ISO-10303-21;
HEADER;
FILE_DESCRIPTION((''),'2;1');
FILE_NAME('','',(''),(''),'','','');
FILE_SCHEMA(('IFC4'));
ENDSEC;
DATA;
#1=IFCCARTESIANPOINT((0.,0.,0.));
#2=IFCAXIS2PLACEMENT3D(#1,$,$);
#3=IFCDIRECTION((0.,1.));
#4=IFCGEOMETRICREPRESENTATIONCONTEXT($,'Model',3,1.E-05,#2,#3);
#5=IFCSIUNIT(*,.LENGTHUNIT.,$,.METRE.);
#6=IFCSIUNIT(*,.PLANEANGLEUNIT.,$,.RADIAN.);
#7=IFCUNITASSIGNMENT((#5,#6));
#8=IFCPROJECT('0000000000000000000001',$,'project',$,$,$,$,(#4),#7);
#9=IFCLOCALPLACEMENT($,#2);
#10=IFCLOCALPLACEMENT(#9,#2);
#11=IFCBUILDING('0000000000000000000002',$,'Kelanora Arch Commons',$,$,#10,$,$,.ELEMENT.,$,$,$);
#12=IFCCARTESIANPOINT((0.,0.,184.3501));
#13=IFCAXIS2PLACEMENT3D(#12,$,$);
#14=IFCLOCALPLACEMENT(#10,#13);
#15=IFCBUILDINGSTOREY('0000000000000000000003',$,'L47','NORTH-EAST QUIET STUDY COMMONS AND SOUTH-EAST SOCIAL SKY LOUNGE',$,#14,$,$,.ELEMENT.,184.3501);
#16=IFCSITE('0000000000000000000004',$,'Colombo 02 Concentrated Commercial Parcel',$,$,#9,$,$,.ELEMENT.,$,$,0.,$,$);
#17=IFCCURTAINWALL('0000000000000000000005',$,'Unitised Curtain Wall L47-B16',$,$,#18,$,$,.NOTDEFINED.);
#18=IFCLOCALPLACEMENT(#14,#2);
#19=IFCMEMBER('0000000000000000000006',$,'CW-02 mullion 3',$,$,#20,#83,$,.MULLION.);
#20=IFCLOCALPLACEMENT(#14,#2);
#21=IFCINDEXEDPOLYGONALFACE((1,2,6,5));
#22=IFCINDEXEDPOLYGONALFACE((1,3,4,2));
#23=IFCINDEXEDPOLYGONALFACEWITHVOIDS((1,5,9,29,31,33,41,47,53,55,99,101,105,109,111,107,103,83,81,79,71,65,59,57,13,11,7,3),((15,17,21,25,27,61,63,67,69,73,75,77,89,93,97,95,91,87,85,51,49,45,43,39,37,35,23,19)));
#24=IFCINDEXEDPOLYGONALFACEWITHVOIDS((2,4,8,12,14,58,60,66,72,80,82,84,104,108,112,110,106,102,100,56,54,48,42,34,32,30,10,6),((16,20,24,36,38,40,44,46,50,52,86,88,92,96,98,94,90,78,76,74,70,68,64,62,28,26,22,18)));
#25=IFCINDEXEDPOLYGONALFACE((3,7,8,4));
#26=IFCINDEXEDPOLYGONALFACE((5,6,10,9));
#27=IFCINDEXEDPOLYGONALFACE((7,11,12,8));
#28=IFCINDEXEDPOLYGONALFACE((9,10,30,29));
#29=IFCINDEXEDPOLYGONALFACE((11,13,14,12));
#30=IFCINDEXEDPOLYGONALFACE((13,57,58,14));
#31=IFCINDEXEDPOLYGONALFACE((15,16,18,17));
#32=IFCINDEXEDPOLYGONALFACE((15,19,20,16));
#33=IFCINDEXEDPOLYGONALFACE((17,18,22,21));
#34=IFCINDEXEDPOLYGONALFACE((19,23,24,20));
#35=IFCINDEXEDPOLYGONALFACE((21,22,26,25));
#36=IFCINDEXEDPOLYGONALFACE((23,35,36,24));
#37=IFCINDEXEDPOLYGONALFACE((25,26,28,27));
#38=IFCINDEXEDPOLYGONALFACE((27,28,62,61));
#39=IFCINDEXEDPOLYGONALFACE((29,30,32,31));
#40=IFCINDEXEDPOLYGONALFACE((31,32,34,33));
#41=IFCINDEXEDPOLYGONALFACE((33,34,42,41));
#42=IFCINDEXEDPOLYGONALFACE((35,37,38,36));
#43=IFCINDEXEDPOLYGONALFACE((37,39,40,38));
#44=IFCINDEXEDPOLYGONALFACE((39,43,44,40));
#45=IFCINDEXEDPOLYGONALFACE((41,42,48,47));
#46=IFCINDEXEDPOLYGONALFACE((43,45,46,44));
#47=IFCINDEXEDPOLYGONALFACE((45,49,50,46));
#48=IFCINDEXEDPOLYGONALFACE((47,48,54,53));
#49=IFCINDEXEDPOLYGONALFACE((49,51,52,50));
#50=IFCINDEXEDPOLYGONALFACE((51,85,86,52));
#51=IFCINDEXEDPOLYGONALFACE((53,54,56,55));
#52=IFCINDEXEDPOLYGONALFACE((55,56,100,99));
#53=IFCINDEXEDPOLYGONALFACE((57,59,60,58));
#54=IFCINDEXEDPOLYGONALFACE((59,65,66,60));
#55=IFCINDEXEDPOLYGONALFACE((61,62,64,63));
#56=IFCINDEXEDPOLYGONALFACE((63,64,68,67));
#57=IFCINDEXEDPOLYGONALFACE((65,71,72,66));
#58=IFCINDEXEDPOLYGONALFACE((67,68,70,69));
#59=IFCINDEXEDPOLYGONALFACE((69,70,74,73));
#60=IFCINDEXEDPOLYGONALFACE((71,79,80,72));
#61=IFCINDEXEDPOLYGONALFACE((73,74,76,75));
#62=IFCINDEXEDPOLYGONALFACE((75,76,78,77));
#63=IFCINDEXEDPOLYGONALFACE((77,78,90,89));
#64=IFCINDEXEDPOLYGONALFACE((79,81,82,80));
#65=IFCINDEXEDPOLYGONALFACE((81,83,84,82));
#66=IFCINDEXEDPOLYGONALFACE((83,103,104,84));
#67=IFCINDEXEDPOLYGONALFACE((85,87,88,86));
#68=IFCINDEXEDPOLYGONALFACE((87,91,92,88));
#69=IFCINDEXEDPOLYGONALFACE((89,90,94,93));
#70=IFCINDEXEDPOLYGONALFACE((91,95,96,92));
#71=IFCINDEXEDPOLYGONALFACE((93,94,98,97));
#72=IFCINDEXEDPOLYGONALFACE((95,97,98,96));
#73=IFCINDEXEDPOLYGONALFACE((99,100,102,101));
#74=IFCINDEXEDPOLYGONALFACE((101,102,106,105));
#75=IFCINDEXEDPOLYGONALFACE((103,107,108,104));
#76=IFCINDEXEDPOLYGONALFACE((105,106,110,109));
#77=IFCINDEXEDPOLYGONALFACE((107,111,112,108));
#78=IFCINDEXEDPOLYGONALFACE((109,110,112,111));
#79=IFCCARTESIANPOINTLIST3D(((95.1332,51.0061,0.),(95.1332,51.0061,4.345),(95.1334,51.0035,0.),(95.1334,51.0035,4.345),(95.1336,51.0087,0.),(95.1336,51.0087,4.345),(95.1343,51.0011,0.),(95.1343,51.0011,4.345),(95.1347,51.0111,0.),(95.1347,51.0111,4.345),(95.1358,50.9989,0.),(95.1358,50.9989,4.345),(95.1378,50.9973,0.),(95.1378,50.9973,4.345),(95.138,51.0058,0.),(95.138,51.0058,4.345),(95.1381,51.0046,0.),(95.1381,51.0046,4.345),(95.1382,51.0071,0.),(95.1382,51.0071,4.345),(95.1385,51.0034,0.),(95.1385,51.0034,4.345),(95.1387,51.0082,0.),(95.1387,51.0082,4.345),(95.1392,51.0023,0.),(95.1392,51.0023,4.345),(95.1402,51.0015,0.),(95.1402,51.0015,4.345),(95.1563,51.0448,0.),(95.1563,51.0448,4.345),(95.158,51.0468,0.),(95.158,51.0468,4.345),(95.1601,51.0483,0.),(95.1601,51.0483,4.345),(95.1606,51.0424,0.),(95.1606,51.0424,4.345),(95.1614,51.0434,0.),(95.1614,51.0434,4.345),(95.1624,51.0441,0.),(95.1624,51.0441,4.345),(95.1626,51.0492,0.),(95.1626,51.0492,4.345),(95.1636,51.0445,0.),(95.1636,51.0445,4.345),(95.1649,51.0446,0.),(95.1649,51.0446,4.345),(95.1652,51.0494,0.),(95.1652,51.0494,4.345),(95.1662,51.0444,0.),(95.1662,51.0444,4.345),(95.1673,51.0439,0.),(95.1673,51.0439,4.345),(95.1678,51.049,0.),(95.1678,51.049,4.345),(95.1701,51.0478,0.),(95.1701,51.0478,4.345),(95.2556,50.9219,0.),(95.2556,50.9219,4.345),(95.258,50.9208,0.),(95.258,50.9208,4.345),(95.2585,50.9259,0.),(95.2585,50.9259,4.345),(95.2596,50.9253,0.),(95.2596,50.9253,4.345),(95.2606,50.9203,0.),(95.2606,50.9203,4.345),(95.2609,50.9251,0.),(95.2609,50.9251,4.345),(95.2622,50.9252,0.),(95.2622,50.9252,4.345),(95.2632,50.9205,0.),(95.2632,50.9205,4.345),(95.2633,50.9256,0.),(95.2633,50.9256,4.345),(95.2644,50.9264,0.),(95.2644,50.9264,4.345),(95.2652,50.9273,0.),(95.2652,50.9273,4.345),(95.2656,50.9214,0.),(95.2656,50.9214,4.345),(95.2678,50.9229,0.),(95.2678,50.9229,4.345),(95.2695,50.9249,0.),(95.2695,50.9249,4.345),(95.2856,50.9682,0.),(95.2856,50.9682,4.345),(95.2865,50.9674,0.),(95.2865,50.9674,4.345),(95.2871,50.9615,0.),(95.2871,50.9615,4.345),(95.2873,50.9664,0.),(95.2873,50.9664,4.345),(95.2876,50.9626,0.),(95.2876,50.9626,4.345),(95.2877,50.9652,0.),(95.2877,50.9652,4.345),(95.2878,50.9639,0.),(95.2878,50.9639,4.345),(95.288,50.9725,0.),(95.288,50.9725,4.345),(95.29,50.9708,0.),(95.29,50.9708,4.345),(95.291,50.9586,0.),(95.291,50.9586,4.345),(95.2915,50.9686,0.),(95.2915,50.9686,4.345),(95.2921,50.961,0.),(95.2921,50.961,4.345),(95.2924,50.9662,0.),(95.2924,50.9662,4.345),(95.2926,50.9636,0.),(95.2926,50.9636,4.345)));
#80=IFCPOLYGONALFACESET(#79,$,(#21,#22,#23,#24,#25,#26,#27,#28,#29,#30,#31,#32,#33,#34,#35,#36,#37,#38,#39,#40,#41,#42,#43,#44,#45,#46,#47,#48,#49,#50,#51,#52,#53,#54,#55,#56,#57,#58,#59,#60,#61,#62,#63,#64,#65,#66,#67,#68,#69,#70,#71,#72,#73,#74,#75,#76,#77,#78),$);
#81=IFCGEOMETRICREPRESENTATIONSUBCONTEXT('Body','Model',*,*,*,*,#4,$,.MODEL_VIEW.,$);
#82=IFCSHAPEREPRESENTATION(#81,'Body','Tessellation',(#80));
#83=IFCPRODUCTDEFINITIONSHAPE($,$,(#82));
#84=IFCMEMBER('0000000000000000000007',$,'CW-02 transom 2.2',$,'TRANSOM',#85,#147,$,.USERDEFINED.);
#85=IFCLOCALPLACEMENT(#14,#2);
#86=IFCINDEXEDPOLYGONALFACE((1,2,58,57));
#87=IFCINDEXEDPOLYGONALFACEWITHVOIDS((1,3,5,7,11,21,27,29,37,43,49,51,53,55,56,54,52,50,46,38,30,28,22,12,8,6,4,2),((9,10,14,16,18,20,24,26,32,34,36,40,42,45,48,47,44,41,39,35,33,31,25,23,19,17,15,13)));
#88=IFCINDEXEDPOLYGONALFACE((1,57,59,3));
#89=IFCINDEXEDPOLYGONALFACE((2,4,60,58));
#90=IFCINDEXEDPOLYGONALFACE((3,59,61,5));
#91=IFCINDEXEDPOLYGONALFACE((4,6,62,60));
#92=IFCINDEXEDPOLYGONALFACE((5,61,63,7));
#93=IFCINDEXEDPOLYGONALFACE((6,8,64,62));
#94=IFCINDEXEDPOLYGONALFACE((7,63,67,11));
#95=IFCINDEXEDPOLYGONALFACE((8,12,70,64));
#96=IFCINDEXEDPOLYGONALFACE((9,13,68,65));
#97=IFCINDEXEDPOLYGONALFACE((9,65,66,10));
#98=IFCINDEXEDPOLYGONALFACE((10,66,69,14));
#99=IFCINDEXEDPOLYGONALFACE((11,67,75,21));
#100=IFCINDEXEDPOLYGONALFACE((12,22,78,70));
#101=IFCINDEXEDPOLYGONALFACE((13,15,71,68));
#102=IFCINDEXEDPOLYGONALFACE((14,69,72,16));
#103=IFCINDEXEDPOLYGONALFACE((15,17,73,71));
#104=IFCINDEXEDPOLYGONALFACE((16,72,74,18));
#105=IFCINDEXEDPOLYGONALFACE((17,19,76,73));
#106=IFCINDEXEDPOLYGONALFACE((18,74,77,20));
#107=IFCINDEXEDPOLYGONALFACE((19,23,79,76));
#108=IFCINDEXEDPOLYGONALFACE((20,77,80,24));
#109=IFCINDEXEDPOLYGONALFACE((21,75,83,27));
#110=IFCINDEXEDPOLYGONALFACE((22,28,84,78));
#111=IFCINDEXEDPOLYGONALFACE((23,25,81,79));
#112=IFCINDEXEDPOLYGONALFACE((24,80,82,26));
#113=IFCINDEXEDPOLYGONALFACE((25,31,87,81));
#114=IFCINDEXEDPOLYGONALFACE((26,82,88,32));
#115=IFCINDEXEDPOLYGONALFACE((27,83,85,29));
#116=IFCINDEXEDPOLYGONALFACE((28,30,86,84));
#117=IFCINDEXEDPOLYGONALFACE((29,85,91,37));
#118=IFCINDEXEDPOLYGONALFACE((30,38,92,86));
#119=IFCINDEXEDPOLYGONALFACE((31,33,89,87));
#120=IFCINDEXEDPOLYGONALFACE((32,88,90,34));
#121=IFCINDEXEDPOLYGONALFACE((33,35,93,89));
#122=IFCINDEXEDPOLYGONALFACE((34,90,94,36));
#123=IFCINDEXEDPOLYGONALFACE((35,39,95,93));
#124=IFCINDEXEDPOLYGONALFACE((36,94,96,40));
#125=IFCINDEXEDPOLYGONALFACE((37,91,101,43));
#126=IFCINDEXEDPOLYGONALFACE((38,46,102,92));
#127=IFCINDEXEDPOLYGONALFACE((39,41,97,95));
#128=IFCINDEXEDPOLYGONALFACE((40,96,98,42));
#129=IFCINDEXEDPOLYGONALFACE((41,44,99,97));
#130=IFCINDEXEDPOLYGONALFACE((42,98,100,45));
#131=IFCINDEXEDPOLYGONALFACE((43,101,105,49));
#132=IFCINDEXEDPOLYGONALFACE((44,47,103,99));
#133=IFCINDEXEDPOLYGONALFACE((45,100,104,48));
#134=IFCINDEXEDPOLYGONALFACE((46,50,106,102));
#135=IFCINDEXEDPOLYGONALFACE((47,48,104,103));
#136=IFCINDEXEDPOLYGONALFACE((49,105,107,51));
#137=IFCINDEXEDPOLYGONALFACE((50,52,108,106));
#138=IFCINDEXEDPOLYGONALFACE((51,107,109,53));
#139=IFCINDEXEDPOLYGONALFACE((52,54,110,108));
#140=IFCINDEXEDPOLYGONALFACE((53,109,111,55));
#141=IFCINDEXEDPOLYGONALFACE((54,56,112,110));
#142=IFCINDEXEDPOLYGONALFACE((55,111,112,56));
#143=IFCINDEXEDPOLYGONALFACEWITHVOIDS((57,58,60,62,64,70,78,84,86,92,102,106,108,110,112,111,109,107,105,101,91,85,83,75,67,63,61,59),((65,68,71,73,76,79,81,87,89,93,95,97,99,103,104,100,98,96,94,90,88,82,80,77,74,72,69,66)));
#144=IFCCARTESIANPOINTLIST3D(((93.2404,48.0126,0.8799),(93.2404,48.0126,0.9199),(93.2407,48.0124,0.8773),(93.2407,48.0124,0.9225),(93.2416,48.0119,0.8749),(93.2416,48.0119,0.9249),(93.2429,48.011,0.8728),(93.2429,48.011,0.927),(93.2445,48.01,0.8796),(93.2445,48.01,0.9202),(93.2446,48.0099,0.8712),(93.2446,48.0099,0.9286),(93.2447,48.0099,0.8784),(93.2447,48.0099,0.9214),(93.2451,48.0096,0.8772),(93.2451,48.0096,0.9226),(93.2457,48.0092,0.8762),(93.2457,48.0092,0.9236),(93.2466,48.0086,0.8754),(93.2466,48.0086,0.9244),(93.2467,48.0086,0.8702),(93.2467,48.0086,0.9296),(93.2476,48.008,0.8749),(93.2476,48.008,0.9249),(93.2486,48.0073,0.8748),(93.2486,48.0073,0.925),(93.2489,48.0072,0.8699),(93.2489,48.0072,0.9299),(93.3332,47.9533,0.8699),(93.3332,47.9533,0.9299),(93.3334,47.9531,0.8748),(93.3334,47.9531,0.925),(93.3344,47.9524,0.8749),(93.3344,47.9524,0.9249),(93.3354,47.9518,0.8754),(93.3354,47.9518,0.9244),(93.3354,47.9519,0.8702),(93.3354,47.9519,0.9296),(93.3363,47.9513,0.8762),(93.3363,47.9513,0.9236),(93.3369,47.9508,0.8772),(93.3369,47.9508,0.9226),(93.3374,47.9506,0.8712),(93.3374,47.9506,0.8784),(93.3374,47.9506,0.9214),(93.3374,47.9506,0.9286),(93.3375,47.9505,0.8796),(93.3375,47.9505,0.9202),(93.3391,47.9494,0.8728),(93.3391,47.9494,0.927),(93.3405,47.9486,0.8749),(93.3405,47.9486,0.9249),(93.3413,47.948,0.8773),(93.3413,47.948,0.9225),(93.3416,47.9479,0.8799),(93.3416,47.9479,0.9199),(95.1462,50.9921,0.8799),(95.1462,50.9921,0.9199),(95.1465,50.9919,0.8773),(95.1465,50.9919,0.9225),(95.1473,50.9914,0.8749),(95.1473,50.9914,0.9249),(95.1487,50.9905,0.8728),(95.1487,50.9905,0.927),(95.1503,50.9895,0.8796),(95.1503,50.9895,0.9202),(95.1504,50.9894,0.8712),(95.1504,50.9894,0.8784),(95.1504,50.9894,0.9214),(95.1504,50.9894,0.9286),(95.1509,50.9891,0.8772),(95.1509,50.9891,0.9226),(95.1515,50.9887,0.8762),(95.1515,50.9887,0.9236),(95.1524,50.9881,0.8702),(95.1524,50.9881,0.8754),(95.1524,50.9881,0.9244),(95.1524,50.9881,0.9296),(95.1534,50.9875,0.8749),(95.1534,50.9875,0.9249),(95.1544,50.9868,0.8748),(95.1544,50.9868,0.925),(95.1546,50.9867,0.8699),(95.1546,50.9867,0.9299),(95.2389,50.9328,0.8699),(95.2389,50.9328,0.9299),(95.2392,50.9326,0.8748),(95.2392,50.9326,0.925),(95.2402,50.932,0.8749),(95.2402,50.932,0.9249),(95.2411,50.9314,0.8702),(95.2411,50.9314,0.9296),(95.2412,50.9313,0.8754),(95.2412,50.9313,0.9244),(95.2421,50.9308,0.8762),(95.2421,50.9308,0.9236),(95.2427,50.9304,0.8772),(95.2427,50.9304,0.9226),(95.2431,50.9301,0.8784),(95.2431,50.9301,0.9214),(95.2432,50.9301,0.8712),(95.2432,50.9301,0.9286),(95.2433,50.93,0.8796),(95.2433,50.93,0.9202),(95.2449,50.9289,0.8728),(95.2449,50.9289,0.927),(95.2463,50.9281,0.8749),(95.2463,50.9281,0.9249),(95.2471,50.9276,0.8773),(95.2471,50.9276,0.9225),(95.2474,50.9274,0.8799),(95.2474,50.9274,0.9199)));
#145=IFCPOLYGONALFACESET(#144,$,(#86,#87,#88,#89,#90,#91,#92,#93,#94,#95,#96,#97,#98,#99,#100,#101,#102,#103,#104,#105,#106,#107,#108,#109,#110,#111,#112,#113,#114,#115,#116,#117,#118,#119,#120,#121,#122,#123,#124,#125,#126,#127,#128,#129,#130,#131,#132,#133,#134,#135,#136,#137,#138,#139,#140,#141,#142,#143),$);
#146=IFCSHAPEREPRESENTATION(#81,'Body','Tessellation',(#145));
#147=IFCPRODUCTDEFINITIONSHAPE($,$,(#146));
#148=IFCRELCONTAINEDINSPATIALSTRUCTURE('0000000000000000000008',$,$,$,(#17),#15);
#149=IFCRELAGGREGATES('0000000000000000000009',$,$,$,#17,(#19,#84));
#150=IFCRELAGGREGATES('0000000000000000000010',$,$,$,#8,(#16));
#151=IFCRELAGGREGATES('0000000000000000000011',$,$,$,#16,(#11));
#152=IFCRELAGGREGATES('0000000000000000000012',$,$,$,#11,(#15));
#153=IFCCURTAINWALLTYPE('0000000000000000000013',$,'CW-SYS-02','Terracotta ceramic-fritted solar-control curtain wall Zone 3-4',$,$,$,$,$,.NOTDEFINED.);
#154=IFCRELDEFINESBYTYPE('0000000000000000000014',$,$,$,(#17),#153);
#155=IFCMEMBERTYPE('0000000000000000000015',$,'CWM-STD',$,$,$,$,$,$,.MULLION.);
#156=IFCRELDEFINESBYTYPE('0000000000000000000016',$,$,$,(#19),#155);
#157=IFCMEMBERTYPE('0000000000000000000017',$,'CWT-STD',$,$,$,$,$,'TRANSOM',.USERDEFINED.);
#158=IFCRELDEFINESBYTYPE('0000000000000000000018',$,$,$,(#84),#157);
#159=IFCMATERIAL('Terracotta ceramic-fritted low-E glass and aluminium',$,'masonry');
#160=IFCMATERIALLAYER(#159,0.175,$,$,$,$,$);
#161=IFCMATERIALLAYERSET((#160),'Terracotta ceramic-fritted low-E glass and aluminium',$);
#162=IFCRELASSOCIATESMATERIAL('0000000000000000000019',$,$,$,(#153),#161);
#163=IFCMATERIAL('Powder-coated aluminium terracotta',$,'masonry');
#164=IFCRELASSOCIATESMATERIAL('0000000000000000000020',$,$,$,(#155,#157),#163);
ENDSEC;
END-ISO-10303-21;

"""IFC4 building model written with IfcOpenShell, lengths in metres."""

from ifc_helpers import new_model, si_unit, direction, frame, origin, origin_2d, place, context, subcontext, project, spatial, hollow_rectangle, extrude, material, layer, layer_set, material_profile, profile_set, type_object, element, aggregate, save


model = new_model("IFC4")

# Units and contexts
model_context = context("Model", 3, precision=1e-05, world=origin(), true_north=direction((0.0, 1.0)))
body_context = subcontext(model_context, "Body", "Model", "MODEL_VIEW")
ifc_project = project(units=[si_unit("LENGTHUNIT", "METRE"), si_unit("PLANEANGLEUNIT", "RADIAN")], contexts=[model_context])

# Site, building, storey
site_placement = place(None, origin())
site = spatial("IfcSite", under=ifc_project, at=site_placement, Name="Colombo 02 Concentrated Commercial Parcel", CompositionType="ELEMENT", RefElevation=0.0)
building_placement = place(site_placement, origin())
building = spatial("IfcBuilding", under=site, at=building_placement, Name="Kelanora Arch Commons", CompositionType="ELEMENT")
storey_placement = place(building_placement, frame((0.0, 0.0, 184.3501)))
storey = spatial("IfcBuildingStorey", under=building, at=storey_placement, Name="L47", Description="NORTH-EAST QUIET STUDY COMMONS AND SOUTH-EAST SOCIAL SKY LOUNGE", CompositionType="ELEMENT", Elevation=184.3501)

# Curtain wall, members
ifc_material_1 = material(Name="Terracotta ceramic-fritted low-E glass and aluminium", Category="masonry")
ifc_layer_1 = layer(ifc_material_1, 0.175)
ifc_layer_set_1 = layer_set([ifc_layer_1], Name="Terracotta ceramic-fritted low-E glass and aluminium")
curtain_wall_type = type_object("IfcCurtainWallType", Name="CW-SYS-02", Description="Terracotta ceramic-fritted solar-control curtain wall Zone 3-4", PredefinedType="NOTDEFINED", material=ifc_layer_set_1)
curtain_wall_placement = place(storey_placement, origin())
curtain_wall = element("IfcCurtainWall", 1, at=curtain_wall_placement, inside=storey, type_object=curtain_wall_type, Name="Unitised Curtain Wall L47-B16", PredefinedType="NOTDEFINED")
ifc_material_2 = material(Name="Powder-coated aluminium terracotta", Category="masonry")
ifc_material_profile_1 = material_profile(ifc_material_2, hollow_rectangle(XDim=0.1599, YDim=0.0601, WallThickness=0.0049, InnerFilletRadius=0.0049, OuterFilletRadius=0.01, at=origin_2d()), Name="CWM160x60")
ifc_profile_set_1 = profile_set([ifc_material_profile_1], Name="Powder-coated aluminium terracotta")
member_type_1 = type_object("IfcMemberType", Name="CWM-STD", PredefinedType="MULLION", material=ifc_profile_set_1)
member_1_placement = place(storey_placement, frame((95.2129, 50.9849, 0.0), z_axis=(0.0, 0.0, 1.0), x_axis=(-0.842423, 0.538817, 0.0)))
member_1 = element("IfcMember", 2, at=member_1_placement, type_object=member_type_1, Name="CW-02 mullion 3", PredefinedType="MULLION", context=body_context, shape_type="SweptSolid", body=[
    extrude(hollow_rectangle(XDim=0.1599, YDim=0.0601, WallThickness=0.0049, InnerFilletRadius=0.0049, OuterFilletRadius=0.01, at=origin_2d()), origin(), (0.0, 0.0, 1.0), 4.345),
])
ifc_material_profile_2 = material_profile(ifc_material_2, hollow_rectangle(XDim=0.1201, YDim=0.0601, WallThickness=0.0049, InnerFilletRadius=0.0049, OuterFilletRadius=0.01, at=origin_2d()), Name="CWT120x60")
ifc_profile_set_2 = profile_set([ifc_material_profile_2], Name="Powder-coated aluminium terracotta")
member_type_2 = type_object("IfcMemberType", Name="CWT-STD", ElementType="TRANSOM", PredefinedType="USERDEFINED", material=ifc_profile_set_2)
member_2_placement = place(storey_placement, frame((93.291, 47.9802, 0.8999), z_axis=(0.53883, 0.842414, 0.0), x_axis=(-0.842414, 0.53883, 0.0)))
member_2 = element("IfcMember", 3, at=member_2_placement, type_object=member_type_2, Name="CW-02 transom 2.2", ObjectType="TRANSOM", PredefinedType="USERDEFINED", context=body_context, shape_type="SweptSolid", body=[
    extrude(hollow_rectangle(XDim=0.1201, YDim=0.0601, WallThickness=0.0049, InnerFilletRadius=0.0049, OuterFilletRadius=0.01, at=origin_2d()), origin(), (0.0, 0.0, 1.0), 3.5369),
])
aggregate(curtain_wall, [member_1, member_2])

save(model, "model.ifc")
